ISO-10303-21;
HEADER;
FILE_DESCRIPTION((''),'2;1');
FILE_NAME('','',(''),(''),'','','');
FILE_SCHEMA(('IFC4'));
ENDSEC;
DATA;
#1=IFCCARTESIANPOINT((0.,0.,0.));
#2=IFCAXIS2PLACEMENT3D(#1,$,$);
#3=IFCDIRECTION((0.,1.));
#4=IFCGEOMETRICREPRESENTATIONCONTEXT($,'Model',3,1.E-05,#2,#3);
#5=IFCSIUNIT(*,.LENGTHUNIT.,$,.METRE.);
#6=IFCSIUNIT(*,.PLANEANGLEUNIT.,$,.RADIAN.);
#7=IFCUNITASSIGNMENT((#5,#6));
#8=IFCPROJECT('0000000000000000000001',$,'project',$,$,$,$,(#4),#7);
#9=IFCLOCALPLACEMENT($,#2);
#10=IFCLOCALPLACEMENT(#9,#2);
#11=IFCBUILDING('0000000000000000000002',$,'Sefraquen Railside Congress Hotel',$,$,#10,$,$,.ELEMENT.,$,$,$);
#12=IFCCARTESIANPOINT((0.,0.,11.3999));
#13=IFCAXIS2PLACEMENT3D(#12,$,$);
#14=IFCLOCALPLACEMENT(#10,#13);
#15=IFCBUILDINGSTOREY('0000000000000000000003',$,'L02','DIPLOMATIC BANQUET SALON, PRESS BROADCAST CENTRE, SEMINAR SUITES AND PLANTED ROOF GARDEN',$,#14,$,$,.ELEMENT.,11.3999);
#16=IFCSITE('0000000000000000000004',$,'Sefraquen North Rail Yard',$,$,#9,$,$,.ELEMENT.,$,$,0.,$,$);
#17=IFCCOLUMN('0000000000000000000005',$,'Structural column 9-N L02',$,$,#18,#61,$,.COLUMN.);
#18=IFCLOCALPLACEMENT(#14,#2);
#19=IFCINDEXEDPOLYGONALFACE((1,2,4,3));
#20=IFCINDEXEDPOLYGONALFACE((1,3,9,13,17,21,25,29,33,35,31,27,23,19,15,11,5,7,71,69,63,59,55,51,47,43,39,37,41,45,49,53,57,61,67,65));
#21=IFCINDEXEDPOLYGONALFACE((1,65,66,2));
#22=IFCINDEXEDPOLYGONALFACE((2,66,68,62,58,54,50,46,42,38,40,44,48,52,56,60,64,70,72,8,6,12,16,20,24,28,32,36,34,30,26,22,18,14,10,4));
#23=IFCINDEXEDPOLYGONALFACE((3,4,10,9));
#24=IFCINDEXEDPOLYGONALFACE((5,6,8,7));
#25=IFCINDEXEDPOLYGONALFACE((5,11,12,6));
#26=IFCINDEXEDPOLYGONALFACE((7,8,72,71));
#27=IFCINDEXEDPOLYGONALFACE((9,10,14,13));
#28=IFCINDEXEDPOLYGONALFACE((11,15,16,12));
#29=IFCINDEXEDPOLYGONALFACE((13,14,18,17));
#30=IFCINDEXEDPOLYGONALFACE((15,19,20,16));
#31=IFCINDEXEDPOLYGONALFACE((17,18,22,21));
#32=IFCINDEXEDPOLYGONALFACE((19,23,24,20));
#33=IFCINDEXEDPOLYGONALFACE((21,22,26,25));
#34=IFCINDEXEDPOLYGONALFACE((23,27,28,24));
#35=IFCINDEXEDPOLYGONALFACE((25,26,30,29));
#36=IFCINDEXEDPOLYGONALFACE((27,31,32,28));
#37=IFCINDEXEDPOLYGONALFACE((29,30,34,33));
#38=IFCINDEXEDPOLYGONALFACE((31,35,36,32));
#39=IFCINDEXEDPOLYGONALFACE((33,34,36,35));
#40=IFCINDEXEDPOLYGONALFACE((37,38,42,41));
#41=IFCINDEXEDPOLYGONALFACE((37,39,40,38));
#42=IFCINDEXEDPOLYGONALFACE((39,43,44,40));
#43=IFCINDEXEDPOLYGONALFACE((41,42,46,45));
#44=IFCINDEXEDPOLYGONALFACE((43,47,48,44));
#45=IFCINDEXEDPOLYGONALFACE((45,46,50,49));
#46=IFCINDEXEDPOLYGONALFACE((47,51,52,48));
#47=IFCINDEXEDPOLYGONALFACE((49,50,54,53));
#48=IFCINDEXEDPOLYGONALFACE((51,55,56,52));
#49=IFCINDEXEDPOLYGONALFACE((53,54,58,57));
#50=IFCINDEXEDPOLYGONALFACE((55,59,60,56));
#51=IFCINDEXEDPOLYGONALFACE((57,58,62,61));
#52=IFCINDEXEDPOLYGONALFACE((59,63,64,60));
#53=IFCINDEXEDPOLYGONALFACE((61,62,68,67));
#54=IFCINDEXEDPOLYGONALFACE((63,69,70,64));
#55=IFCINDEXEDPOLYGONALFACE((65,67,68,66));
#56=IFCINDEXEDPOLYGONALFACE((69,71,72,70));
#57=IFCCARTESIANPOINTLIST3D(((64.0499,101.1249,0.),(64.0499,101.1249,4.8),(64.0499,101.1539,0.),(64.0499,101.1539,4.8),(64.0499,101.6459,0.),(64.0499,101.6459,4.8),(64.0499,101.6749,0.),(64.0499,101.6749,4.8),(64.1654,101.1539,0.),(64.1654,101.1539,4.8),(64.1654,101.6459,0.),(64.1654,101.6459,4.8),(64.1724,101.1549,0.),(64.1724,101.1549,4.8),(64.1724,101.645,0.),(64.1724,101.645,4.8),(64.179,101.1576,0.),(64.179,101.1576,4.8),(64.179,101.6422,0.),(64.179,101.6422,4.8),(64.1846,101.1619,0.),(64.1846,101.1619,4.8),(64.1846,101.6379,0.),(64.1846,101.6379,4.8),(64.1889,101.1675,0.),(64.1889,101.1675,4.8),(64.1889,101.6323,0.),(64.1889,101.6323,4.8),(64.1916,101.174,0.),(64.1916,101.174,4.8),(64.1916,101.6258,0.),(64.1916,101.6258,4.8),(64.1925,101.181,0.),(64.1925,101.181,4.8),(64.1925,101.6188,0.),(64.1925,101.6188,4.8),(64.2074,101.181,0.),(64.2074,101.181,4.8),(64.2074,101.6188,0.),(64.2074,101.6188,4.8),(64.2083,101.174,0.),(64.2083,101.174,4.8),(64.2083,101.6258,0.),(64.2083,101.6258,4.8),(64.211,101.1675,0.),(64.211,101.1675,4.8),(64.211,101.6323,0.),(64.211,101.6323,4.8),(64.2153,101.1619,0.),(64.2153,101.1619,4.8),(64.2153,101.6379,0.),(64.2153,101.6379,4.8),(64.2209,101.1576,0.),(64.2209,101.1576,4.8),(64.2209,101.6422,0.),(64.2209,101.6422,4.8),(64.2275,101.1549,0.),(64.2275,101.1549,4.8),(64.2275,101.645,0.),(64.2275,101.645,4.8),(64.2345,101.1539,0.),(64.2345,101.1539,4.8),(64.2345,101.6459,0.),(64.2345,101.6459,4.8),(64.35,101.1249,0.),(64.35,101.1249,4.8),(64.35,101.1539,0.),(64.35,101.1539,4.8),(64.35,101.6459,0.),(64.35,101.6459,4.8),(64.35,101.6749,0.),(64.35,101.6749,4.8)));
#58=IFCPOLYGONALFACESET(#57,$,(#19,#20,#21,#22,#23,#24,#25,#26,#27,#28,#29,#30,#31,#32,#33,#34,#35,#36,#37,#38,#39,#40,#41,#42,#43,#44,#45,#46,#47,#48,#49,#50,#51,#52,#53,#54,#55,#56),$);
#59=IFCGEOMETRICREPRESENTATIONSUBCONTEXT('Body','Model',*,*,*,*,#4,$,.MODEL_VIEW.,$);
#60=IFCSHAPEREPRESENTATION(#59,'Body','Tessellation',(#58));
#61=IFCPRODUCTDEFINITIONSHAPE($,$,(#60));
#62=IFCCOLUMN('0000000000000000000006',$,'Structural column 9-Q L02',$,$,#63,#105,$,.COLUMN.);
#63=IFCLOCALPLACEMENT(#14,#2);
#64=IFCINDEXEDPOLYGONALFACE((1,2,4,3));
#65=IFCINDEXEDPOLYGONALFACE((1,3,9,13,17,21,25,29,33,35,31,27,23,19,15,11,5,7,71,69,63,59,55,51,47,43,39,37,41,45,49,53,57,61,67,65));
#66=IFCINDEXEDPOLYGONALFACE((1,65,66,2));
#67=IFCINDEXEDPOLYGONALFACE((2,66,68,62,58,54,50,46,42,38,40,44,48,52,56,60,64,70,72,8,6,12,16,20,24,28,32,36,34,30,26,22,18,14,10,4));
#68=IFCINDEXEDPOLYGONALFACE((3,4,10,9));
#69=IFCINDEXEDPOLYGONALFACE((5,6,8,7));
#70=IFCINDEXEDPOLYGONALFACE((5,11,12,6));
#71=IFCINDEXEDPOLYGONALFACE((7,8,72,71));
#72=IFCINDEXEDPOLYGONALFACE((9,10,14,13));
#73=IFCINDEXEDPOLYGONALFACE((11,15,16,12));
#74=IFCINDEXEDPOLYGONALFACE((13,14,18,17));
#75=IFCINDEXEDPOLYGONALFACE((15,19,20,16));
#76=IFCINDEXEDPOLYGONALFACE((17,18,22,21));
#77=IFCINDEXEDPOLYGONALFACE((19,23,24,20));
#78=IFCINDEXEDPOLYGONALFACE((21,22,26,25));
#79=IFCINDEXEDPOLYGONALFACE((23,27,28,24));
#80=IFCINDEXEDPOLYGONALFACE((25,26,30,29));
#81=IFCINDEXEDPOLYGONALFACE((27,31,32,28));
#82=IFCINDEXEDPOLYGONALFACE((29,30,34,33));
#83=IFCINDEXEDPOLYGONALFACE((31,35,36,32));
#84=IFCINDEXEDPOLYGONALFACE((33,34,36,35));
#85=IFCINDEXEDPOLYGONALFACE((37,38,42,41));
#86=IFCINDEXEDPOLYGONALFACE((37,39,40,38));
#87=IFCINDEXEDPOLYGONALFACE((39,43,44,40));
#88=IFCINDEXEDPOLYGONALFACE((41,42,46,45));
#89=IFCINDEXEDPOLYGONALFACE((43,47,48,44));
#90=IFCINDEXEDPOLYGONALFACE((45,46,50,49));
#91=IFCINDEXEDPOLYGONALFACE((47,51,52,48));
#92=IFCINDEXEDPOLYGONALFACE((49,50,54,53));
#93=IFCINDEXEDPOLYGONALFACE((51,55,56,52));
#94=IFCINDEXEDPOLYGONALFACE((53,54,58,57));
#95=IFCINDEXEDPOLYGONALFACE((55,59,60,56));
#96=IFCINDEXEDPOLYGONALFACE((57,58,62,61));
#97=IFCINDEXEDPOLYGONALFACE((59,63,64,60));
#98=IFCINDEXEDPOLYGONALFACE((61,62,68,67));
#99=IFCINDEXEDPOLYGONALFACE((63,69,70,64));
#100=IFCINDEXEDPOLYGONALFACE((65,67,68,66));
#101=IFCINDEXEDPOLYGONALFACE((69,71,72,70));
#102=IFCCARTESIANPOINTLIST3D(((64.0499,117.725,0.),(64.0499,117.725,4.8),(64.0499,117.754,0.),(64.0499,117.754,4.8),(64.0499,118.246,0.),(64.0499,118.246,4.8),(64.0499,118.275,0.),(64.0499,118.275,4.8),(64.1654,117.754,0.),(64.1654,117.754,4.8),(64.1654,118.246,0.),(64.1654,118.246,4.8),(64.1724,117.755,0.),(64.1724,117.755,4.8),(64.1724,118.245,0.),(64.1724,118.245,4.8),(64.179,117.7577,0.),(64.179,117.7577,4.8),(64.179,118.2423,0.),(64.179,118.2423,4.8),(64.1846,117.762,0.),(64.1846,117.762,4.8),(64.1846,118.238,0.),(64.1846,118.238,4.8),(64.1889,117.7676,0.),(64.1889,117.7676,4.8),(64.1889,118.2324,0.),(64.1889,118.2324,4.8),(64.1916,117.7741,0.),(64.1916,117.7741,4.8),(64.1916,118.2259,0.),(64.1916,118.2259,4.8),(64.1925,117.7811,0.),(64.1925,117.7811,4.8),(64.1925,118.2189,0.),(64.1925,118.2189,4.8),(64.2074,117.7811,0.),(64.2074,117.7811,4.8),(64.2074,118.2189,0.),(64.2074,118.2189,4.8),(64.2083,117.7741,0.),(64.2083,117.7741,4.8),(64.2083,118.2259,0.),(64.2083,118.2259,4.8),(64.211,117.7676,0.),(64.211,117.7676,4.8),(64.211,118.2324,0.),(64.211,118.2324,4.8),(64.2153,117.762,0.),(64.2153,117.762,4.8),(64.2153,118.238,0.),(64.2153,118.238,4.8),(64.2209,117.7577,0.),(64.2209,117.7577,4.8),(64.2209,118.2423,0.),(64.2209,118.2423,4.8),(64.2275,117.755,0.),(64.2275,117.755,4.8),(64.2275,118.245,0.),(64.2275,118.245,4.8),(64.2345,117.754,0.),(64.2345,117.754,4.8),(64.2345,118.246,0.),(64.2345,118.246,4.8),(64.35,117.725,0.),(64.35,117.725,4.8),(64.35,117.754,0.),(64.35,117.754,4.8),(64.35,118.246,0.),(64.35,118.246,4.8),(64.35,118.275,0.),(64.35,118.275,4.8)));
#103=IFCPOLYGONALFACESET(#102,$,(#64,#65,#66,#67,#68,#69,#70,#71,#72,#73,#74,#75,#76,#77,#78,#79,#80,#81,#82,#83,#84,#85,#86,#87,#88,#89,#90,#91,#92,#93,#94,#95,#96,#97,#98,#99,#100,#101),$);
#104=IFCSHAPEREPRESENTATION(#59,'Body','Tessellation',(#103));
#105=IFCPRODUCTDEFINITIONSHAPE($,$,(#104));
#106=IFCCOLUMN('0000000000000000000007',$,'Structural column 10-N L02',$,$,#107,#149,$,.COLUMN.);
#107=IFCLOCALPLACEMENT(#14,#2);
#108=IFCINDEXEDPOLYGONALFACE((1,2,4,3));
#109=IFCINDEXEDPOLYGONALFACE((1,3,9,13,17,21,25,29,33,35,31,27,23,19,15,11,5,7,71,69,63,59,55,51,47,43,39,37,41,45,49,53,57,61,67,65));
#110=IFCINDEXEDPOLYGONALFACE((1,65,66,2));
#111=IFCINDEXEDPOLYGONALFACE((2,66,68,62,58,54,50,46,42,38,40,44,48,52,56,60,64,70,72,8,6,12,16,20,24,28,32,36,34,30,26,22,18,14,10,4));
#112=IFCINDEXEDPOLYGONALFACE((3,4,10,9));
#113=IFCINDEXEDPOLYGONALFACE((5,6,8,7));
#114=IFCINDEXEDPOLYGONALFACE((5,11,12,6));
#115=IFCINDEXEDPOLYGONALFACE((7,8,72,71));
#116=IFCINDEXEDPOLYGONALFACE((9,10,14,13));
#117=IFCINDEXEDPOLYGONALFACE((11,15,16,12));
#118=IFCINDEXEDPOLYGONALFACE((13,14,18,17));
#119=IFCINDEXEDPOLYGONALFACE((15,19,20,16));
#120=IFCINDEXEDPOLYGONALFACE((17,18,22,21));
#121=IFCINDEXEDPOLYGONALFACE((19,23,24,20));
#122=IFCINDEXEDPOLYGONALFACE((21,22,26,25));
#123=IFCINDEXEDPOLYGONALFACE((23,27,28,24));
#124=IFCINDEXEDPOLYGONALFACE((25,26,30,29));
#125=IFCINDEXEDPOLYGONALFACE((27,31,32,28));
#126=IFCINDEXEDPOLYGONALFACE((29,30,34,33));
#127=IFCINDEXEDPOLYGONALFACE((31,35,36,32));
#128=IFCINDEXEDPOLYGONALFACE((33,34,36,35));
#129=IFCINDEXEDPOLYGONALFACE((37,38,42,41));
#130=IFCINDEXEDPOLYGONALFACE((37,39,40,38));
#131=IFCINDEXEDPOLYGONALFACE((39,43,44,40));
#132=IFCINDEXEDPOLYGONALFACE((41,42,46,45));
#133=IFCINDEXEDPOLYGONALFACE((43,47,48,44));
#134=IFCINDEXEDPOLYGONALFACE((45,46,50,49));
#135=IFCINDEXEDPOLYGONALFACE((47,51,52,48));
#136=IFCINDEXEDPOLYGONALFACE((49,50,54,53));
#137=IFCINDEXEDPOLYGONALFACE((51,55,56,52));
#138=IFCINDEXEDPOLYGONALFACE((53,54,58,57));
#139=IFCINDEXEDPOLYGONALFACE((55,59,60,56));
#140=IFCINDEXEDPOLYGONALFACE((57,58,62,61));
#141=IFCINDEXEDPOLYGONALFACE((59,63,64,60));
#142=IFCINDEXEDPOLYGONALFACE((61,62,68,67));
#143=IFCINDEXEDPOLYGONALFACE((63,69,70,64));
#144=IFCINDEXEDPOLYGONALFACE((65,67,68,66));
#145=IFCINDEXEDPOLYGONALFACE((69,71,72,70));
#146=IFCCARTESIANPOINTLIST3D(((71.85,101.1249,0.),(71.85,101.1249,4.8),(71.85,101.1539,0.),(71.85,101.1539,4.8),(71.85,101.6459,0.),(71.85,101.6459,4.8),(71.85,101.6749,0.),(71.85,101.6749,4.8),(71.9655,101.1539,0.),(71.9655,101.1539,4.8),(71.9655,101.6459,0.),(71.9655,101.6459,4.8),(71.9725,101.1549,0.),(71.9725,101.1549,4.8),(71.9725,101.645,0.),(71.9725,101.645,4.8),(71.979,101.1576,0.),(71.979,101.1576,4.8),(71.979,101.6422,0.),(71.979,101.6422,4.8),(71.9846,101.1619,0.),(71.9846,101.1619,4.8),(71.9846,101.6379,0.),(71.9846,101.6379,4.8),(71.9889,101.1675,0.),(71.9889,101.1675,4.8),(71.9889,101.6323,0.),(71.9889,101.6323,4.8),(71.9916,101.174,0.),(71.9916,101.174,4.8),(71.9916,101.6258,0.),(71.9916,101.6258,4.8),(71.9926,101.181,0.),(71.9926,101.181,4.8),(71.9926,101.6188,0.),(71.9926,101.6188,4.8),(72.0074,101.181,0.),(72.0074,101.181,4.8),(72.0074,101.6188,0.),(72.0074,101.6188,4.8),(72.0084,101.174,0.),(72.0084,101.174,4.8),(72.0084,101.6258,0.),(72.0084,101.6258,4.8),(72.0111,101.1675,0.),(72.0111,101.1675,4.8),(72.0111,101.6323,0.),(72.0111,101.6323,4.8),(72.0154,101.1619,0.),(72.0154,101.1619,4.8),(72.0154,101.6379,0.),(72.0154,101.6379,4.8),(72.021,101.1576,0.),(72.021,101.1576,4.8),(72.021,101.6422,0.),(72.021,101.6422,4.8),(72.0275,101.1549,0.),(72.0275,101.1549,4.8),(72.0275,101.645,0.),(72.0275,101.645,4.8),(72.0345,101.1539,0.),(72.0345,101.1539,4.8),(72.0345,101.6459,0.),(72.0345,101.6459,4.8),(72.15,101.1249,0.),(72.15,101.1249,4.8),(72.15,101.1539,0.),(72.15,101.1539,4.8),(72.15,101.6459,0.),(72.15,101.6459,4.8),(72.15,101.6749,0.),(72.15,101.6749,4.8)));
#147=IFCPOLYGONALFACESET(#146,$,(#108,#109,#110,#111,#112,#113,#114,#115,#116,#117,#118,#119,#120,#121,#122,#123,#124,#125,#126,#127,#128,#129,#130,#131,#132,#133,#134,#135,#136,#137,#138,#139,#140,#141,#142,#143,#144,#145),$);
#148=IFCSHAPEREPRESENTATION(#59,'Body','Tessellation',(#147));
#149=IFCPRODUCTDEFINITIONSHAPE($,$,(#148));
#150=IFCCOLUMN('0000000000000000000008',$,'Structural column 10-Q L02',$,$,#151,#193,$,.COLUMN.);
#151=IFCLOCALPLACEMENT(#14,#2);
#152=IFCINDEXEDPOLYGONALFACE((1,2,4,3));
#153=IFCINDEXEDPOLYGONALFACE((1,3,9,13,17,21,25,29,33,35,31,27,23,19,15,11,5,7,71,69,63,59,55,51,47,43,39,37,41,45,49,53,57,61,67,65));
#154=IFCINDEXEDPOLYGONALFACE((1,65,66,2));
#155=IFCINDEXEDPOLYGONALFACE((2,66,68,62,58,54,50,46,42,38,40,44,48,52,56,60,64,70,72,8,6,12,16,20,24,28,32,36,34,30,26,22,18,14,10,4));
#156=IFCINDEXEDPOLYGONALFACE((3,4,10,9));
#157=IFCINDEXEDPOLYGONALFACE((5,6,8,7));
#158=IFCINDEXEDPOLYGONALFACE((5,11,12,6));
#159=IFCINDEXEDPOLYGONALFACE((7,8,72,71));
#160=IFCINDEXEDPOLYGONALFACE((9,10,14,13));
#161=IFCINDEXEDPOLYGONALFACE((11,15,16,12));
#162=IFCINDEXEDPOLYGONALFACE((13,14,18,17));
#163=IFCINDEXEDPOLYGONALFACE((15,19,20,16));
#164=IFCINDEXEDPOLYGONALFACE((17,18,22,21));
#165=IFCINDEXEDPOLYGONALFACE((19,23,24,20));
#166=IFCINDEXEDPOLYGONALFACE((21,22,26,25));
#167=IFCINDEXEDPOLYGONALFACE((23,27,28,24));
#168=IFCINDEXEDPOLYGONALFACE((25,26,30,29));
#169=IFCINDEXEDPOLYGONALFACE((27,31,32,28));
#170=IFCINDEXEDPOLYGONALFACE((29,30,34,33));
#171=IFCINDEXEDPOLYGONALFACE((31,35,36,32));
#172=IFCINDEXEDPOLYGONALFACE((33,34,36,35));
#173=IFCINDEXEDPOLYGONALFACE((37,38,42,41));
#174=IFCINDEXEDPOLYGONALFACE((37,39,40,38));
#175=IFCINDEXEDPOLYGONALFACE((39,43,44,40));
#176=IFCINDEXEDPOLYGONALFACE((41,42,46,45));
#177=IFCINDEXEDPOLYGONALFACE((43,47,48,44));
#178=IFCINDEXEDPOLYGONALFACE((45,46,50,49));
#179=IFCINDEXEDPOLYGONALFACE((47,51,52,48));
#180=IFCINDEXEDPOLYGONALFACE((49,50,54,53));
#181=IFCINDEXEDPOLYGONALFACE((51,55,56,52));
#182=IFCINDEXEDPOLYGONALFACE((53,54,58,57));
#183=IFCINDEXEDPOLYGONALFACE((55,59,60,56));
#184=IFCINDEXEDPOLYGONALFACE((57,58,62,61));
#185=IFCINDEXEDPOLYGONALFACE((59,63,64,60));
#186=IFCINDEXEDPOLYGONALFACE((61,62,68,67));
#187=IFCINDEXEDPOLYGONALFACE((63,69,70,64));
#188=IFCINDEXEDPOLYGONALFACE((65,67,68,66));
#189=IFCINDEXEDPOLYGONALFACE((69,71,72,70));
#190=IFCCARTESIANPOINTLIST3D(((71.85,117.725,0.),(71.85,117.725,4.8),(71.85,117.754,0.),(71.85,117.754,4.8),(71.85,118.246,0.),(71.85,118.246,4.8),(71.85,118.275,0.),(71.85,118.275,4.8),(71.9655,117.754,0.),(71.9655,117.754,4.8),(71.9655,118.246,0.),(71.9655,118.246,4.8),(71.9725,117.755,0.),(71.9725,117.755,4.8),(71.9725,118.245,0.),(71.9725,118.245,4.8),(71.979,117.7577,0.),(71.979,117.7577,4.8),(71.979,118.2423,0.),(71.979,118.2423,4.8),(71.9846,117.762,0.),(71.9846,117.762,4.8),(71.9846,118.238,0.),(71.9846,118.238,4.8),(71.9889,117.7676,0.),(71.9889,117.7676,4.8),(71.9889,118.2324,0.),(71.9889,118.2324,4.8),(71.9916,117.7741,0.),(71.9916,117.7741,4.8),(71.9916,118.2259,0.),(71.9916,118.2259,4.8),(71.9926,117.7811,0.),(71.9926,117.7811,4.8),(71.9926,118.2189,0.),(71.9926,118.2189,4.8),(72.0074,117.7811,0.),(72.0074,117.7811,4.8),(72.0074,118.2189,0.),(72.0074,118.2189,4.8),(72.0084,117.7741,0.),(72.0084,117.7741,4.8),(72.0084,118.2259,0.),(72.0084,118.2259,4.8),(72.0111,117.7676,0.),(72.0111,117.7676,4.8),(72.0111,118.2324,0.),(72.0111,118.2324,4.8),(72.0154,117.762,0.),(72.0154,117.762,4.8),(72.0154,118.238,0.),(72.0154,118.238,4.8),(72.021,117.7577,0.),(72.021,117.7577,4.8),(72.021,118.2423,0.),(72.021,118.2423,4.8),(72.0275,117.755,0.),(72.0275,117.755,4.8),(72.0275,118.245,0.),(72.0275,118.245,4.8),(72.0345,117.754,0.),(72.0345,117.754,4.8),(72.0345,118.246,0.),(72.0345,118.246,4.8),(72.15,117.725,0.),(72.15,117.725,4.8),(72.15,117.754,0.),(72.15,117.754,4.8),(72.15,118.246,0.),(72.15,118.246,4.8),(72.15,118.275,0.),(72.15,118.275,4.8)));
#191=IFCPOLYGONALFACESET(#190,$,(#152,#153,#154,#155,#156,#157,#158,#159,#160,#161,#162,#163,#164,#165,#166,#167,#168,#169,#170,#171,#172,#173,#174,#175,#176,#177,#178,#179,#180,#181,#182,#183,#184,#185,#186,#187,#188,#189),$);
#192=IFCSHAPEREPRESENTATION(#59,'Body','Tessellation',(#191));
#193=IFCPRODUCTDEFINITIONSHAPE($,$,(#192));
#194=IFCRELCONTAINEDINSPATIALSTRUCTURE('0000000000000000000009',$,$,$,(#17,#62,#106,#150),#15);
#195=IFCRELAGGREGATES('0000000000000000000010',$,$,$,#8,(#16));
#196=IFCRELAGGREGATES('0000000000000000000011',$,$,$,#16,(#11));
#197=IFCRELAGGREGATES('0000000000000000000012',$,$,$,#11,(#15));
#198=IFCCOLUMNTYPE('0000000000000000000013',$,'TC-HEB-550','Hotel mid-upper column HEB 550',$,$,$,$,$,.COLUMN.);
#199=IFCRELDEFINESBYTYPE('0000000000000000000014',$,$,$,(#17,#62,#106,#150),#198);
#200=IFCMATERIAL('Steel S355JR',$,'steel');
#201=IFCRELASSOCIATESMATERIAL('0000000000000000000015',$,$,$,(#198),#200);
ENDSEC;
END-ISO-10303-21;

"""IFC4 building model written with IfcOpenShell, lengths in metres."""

from ifc_helpers import new_model, si_unit, direction, frame, origin, origin_2d, place, context, subcontext, project, spatial, i_section, extrude, material, material_profile, profile_set, type_object, element, save


model = new_model("IFC4")

# Units and contexts
model_context = context("Model", 3, precision=1e-05, world=origin(), true_north=direction((0.0, 1.0)))
body_context = subcontext(model_context, "Body", "Model", "MODEL_VIEW")
ifc_project = project(units=[si_unit("LENGTHUNIT", "METRE"), si_unit("PLANEANGLEUNIT", "RADIAN")], contexts=[model_context])

# Site, building, storey
site_placement = place(None, origin())
site = spatial("IfcSite", under=ifc_project, at=site_placement, Name="Sefraquen North Rail Yard", CompositionType="ELEMENT", RefElevation=0.0)
building_placement = place(site_placement, origin())
building = spatial("IfcBuilding", under=site, at=building_placement, Name="Sefraquen Railside Congress Hotel", CompositionType="ELEMENT")
storey_placement = place(building_placement, frame((0.0, 0.0, 11.3999)))
storey = spatial("IfcBuildingStorey", under=building, at=storey_placement, Name="L02", Description="DIPLOMATIC BANQUET SALON, PRESS BROADCAST CENTRE, SEMINAR SUITES AND PLANTED ROOF GARDEN", CompositionType="ELEMENT", Elevation=11.3999)

# Columns
ifc_material_1 = material(Name="Steel S355JR", Category="steel")
ifc_material_profile_1 = material_profile(ifc_material_1, i_section(OverallWidth=0.3, OverallDepth=0.55, WebThickness=0.0149, FlangeThickness=0.0291, FilletRadius=0.0271, at=origin_2d()), Name="HEB 550")
ifc_profile_set_1 = profile_set([ifc_material_profile_1], Name="Steel S355JR")
column_type_1 = type_object("IfcColumnType", Name="TC-HEB-550", Description="Hotel mid-upper column HEB 550", PredefinedType="COLUMN", material=ifc_profile_set_1)
for number, where, z_axis, x_axis, name in (
    (1, (64.2, 101.3999, 0.0), (0.0, 0.0, 1.0), (1.0, 0.0, 0.0), "Structural column 9-N L02"),
    (2, (64.2, 118.0, 0.0), (0.0, 0.0, 1.0), (1.0, 0.0, 0.0), "Structural column 9-Q L02"),
    (3, (72.0, 101.3999, 0.0), (0.0, 0.0, 1.0), (1.0, 0.0, 0.0), "Structural column 10-N L02"),
    (4, (72.0, 118.0, 0.0), (0.0, 0.0, 1.0), (1.0, 0.0, 0.0), "Structural column 10-Q L02"),
):
    element("IfcColumn", number, at=place(storey_placement, frame(where, z_axis=z_axis, x_axis=x_axis)), inside=storey, type_object=column_type_1, Name=name, PredefinedType="COLUMN", context=body_context, shape_type="SweptSolid", body=[
        extrude(i_section(OverallWidth=0.3, OverallDepth=0.55, WebThickness=0.0149, FlangeThickness=0.0291, FilletRadius=0.0271, at=origin_2d()), origin(), (0.0, 0.0, 1.0), 4.8),
    ])

save(model, "model.ifc")
